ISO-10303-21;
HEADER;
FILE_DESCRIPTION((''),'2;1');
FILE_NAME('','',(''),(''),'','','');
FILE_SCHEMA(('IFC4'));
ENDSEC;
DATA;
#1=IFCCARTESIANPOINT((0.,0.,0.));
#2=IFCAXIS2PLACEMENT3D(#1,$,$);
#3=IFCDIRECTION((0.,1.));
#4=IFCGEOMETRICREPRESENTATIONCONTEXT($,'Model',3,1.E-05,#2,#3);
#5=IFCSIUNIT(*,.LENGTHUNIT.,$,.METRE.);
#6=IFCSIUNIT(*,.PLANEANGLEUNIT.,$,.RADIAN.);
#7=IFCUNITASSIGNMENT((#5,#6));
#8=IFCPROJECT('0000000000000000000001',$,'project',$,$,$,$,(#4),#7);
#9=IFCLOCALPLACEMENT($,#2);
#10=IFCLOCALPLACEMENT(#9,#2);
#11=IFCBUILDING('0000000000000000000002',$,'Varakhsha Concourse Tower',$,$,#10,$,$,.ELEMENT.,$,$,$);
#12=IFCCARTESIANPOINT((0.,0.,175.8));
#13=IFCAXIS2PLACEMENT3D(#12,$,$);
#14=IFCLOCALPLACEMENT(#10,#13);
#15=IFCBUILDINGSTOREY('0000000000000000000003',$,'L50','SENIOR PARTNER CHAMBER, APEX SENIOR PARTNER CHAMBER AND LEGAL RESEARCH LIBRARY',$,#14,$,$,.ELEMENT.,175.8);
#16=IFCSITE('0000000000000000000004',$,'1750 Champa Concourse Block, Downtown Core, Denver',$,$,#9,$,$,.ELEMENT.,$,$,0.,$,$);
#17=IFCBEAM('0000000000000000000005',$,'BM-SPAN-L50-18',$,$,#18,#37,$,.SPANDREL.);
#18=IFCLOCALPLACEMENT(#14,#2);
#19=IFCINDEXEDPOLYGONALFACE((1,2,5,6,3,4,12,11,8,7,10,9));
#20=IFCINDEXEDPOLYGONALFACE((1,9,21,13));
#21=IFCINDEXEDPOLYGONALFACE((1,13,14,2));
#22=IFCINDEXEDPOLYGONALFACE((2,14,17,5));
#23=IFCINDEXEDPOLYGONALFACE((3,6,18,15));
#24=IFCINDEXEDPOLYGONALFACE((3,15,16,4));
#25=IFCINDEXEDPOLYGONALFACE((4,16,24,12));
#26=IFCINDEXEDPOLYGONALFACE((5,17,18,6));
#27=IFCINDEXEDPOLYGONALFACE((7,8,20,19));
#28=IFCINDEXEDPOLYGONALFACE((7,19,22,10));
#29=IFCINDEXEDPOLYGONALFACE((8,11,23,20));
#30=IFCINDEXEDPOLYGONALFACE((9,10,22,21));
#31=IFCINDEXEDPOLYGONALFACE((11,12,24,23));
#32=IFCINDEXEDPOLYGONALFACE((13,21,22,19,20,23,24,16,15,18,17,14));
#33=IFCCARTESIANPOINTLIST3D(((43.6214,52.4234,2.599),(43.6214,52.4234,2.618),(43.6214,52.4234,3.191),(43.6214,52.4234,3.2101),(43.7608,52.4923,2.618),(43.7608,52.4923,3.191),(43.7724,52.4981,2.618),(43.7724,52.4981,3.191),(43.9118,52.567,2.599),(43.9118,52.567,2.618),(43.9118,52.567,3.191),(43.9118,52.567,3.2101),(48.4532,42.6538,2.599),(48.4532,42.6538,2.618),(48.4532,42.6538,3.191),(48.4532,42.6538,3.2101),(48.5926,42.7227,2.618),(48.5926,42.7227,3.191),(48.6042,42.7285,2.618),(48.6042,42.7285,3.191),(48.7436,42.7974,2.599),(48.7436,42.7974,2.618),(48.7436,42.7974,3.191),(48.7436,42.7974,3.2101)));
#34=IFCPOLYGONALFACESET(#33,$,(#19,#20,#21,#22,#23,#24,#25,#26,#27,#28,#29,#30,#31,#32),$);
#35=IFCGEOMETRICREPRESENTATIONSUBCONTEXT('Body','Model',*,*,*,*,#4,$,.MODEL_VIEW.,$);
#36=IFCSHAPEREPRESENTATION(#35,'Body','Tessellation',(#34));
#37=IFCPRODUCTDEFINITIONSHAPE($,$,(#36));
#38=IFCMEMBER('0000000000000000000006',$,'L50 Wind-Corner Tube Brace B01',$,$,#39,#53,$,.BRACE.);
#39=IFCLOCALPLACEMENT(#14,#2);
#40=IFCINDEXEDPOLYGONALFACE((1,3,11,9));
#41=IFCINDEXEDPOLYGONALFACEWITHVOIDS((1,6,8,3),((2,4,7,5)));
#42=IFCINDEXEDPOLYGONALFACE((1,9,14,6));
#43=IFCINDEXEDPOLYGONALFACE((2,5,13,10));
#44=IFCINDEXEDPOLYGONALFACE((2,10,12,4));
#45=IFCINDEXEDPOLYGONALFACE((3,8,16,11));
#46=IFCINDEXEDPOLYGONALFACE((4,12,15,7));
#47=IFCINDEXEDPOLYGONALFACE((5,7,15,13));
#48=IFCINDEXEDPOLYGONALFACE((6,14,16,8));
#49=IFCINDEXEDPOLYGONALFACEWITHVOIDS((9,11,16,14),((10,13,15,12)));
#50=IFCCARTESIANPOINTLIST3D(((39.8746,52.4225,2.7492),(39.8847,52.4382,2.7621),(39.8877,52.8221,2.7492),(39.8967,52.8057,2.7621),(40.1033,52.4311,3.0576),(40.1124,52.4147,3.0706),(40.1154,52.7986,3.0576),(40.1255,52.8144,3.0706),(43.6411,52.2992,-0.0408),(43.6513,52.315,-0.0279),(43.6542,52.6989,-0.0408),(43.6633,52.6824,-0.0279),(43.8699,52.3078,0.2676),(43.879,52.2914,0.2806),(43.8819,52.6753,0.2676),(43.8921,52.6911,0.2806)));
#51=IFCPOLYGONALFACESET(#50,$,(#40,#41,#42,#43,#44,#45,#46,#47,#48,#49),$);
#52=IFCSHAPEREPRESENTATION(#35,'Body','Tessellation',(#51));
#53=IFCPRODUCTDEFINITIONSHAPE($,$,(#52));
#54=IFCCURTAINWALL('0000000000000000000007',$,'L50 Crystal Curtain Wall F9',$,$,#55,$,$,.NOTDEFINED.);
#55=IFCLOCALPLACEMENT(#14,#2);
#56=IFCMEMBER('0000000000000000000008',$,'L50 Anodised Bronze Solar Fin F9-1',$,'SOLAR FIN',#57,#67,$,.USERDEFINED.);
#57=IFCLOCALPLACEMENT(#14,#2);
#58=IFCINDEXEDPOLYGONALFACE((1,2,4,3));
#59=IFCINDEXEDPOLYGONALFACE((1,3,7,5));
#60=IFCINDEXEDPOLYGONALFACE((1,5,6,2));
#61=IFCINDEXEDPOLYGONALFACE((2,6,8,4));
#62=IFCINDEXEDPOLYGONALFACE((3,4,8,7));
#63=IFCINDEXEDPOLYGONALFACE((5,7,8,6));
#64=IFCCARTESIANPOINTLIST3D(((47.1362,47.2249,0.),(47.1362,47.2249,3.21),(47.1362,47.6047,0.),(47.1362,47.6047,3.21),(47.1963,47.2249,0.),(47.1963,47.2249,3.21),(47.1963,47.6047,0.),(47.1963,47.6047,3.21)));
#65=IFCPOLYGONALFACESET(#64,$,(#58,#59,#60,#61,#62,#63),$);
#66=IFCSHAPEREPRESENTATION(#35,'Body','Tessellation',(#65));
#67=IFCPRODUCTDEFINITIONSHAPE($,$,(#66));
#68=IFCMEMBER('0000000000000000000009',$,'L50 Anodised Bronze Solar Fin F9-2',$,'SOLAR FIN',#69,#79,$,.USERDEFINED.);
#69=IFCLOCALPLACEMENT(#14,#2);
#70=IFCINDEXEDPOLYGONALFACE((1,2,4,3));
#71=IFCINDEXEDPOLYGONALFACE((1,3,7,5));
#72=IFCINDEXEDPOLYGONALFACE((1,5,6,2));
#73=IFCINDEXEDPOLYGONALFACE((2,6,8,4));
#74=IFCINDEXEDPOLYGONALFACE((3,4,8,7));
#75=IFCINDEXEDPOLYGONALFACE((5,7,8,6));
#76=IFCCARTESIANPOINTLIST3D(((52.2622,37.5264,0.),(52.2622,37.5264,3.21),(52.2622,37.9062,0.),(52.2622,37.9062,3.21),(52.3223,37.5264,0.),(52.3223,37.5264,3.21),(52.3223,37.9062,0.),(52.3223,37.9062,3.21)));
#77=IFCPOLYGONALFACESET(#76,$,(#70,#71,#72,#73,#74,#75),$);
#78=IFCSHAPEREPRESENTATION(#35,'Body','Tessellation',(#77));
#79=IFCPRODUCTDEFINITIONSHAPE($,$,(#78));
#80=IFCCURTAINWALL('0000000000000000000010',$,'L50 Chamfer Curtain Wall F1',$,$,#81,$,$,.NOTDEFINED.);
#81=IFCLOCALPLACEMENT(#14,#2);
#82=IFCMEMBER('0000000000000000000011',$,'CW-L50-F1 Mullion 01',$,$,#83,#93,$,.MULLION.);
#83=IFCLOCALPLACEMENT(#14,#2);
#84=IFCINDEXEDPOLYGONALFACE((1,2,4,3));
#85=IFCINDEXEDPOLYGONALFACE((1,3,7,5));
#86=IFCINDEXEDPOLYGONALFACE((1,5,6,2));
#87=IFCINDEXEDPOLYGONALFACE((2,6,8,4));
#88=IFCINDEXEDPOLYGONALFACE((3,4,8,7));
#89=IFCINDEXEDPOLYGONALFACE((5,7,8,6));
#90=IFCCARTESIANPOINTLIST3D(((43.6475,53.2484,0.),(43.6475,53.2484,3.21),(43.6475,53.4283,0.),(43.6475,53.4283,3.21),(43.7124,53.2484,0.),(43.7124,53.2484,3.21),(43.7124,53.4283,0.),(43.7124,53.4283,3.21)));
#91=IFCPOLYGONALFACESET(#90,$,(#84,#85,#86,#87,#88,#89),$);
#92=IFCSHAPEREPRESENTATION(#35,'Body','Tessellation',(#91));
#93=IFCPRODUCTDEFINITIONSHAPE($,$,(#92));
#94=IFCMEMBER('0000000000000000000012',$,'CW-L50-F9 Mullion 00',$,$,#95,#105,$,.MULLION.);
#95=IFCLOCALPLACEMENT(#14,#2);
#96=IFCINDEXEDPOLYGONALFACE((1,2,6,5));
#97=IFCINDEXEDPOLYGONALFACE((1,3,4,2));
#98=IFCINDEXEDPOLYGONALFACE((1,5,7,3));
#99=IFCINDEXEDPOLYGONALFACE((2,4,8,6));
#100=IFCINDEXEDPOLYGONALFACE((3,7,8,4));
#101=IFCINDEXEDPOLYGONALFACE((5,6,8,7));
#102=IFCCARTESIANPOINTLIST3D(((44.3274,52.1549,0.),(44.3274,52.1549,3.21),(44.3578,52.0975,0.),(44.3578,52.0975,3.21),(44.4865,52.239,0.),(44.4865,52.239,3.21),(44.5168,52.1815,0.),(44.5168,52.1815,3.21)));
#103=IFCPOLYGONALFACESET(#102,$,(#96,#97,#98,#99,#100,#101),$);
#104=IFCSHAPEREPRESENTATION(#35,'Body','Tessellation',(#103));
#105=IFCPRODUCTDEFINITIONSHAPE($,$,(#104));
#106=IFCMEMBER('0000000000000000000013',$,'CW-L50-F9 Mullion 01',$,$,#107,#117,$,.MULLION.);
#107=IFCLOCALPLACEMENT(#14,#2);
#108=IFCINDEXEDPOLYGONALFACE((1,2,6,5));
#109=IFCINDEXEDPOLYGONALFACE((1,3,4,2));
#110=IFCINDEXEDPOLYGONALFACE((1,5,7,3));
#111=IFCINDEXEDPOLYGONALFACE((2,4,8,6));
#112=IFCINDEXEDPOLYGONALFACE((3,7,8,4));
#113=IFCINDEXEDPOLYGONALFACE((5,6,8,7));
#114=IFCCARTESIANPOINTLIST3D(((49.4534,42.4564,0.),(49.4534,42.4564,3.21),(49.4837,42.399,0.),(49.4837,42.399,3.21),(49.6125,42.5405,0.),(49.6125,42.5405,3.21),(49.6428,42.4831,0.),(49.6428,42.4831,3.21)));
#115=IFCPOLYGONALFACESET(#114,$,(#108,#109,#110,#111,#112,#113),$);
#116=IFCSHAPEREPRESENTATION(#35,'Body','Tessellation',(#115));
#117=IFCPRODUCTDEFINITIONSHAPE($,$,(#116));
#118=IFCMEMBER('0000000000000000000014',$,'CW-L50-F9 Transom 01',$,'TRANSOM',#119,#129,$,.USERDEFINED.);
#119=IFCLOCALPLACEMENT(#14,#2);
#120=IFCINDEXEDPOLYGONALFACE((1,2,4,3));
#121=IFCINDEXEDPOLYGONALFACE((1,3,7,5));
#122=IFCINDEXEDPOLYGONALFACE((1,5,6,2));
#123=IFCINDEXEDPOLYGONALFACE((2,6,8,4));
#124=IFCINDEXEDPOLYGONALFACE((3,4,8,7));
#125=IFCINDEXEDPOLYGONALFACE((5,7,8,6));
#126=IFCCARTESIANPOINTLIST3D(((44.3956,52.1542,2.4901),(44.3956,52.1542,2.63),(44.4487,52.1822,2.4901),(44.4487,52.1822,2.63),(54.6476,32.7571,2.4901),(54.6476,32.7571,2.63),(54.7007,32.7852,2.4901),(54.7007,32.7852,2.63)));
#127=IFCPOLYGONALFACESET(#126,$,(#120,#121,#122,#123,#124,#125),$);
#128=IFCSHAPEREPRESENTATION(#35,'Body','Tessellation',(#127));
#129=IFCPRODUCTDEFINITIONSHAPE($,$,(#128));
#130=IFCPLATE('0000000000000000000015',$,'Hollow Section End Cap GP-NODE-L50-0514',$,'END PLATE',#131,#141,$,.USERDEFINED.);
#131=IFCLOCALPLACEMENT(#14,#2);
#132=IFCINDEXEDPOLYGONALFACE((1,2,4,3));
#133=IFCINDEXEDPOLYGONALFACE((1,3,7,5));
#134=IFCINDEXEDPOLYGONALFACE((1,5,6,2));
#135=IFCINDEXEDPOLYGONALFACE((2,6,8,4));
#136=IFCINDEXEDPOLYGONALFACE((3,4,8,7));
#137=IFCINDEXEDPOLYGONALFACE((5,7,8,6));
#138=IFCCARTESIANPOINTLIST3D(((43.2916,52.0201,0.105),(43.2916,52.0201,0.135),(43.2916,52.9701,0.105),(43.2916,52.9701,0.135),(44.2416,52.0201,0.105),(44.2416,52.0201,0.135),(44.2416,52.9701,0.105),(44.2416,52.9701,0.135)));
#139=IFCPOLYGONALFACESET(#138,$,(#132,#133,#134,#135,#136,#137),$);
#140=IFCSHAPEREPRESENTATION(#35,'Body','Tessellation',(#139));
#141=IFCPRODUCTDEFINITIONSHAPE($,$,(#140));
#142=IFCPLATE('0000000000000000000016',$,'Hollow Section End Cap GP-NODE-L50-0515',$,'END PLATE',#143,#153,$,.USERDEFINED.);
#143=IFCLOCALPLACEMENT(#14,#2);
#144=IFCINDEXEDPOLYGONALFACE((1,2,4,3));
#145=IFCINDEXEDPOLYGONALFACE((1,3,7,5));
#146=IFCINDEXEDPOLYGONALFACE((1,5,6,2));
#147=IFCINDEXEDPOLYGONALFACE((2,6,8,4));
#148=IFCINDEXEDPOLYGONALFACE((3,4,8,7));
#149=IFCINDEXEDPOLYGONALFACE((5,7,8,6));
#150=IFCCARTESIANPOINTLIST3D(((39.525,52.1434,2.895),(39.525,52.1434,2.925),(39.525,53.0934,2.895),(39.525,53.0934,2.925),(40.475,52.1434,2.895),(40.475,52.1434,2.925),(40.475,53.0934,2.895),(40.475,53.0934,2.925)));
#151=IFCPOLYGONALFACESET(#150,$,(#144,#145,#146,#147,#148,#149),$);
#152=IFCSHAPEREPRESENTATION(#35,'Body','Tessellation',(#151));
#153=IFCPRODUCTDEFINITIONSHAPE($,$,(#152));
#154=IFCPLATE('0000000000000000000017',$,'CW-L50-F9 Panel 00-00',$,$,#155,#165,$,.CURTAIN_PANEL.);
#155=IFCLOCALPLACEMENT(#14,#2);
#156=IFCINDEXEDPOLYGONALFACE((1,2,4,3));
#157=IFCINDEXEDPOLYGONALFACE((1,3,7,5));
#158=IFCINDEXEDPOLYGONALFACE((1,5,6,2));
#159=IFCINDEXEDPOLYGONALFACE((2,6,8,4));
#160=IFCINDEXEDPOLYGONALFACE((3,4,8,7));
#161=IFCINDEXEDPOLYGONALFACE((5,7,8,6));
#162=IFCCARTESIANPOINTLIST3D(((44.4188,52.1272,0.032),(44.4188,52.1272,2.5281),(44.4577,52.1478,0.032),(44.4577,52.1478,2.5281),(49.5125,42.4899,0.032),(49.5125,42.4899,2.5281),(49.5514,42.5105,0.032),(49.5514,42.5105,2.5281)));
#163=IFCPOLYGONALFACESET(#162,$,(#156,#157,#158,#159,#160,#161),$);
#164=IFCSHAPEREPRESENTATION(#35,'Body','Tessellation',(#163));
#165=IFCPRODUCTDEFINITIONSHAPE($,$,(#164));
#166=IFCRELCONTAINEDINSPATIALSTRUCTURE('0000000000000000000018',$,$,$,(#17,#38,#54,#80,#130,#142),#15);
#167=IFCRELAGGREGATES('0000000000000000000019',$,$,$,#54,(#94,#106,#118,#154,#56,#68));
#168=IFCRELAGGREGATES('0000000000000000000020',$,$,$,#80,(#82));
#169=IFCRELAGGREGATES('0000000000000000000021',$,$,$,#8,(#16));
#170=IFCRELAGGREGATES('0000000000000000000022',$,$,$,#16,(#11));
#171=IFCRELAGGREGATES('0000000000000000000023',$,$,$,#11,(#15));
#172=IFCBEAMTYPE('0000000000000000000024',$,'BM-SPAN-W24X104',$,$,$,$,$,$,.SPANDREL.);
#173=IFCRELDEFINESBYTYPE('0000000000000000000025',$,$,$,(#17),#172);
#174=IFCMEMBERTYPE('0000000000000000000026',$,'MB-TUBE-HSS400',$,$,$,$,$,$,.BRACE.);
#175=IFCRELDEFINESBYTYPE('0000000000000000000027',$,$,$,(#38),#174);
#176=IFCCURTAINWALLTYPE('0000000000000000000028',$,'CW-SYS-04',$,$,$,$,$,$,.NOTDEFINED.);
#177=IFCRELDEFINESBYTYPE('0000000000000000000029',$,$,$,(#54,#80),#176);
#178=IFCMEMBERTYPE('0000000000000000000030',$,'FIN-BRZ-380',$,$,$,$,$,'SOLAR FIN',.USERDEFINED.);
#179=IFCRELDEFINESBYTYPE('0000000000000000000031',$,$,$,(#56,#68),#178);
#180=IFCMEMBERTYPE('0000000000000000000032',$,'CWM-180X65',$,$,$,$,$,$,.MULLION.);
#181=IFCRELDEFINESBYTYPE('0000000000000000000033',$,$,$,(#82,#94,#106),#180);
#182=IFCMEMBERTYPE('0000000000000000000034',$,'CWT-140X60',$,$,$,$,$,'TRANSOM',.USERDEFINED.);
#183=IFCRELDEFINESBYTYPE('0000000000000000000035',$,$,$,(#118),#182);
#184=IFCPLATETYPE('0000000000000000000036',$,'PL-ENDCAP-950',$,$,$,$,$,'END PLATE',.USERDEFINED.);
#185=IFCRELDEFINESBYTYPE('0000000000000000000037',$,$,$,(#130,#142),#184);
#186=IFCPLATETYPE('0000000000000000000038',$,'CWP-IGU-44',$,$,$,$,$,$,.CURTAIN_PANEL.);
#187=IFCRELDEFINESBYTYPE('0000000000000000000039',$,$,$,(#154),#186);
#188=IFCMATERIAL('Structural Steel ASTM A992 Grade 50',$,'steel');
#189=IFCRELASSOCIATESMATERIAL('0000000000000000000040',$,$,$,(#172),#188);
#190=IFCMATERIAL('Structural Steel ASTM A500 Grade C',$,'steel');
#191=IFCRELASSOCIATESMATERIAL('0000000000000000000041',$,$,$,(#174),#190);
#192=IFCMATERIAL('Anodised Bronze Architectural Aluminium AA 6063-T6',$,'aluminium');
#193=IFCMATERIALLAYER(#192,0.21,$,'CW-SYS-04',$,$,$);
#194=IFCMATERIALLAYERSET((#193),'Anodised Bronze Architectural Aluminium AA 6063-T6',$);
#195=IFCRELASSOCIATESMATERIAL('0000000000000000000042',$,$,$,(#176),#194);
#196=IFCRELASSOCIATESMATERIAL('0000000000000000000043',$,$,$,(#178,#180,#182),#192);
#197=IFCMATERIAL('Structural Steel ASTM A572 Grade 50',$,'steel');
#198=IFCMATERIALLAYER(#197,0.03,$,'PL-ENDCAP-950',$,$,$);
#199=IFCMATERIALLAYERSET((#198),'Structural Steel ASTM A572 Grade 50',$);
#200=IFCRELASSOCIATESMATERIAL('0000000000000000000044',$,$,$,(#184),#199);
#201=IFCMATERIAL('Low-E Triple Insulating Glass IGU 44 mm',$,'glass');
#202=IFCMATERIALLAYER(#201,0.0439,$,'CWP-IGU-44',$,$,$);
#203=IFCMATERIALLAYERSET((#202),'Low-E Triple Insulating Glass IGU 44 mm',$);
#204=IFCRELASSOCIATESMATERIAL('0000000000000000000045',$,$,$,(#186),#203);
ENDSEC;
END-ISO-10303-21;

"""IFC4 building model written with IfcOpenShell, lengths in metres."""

from ifc_helpers import new_model, si_unit, direction, frame, origin, origin_2d, place, context, subcontext, project, spatial, rectangle, hollow_rectangle, i_section, extrude, source, transform, mapped, material, layer, layer_set, material_profile, profile_set, type_object, type_shapes, element, aggregate, save


model = new_model("IFC4")

# Units and contexts
model_context = context("Model", 3, precision=1e-05, world=origin(), true_north=direction((0.0, 1.0)))
body_context = subcontext(model_context, "Body", "Model", "MODEL_VIEW")
ifc_project = project(units=[si_unit("LENGTHUNIT", "METRE"), si_unit("PLANEANGLEUNIT", "RADIAN")], contexts=[model_context])

# Site, building, storey
site_placement = place(None, origin())
site = spatial("IfcSite", under=ifc_project, at=site_placement, Name="1750 Champa Concourse Block, Downtown Core, Denver", CompositionType="ELEMENT", RefElevation=0.0)
building_placement = place(site_placement, origin())
building = spatial("IfcBuilding", under=site, at=building_placement, Name="Varakhsha Concourse Tower", CompositionType="ELEMENT")
storey_placement = place(building_placement, frame((0.0, 0.0, 175.8)))
storey = spatial("IfcBuildingStorey", under=building, at=storey_placement, Name="L50", Description="SENIOR PARTNER CHAMBER, APEX SENIOR PARTNER CHAMBER AND LEGAL RESEARCH LIBRARY", CompositionType="ELEMENT", Elevation=175.8)

# Shared definitions
ifc_material_1 = material(Name="Structural Steel ASTM A992 Grade 50", Category="steel")
ifc_material_2 = material(Name="Structural Steel ASTM A572 Grade 50", Category="steel")

# Beam
ifc_material_profile_1 = material_profile(ifc_material_1, i_section(OverallWidth=0.324, OverallDepth=0.6111, WebThickness=0.0129, FlangeThickness=0.019, at=origin_2d()), Name="W24X104")
ifc_profile_set_1 = profile_set([ifc_material_profile_1], Name="Structural Steel ASTM A992 Grade 50")
beam_type_1 = type_object("IfcBeamType", Name="BM-SPAN-W24X104", PredefinedType="SPANDREL", material=ifc_profile_set_1)
beam_1_placement = place(storey_placement, frame((48.5984, 42.7256, 2.9045), z_axis=(-0.443321, 0.896363, 0.0), x_axis=(-0.896363, -0.443321, 0.0)))
element("IfcBeam", 1, at=beam_1_placement, inside=storey, type_object=beam_type_1, Name="BM-SPAN-L50-18", PredefinedType="SPANDREL", context=body_context, shape_type="SweptSolid", body=[
    extrude(i_section(OverallWidth=0.324, OverallDepth=0.6111, WebThickness=0.0129, FlangeThickness=0.019, at=origin_2d()), origin(), (0.0, 0.0, 1.0), 10.8992),
])

# Member
ifc_material_3 = material(Name="Structural Steel ASTM A500 Grade C", Category="steel")
ifc_material_profile_2 = material_profile(ifc_material_3, hollow_rectangle(XDim=0.3999, YDim=0.3999, WallThickness=0.0161, at=origin_2d()), Name="HSS 400x400x16")
ifc_profile_set_2 = profile_set([ifc_material_profile_2], Name="Structural Steel ASTM A500 Grade C")
member_type_1 = type_object("IfcMemberType", Name="MB-TUBE-HSS400", PredefinedType="BRACE", material=ifc_profile_set_2)
shared_shape_1 = source(origin(), body_context, "Body", "SweptSolid", [
    extrude(hollow_rectangle(XDim=0.3999, YDim=0.3999, WallThickness=0.0161, at=origin_2d()), origin(), (0.0, 0.0, 1.0), 4.689),
])
type_shapes(member_type_1, [shared_shape_1])
member_1_placement = place(storey_placement, frame((43.7666, 52.4951, 0.1199), z_axis=(-0.803283, 0.026294, 0.595017), x_axis=(-0.032715, -0.999465, 0.0)))
element("IfcMember", 2, at=member_1_placement, inside=storey, type_object=member_type_1, Name="L50 Wind-Corner Tube Brace B01", PredefinedType="BRACE", context=body_context, shape_type="MappedRepresentation", body=[
    mapped(shared_shape_1, transform((0.0, 0.0, 0.0), scale=1.0)),
])

# Curtain wall, members
ifc_material_4 = material(Name="Anodised Bronze Architectural Aluminium AA 6063-T6", Category="aluminium")
ifc_layer_1 = layer(ifc_material_4, 0.21, Name="CW-SYS-04")
ifc_layer_set_1 = layer_set([ifc_layer_1], Name="Anodised Bronze Architectural Aluminium AA 6063-T6")
curtain_wall_type = type_object("IfcCurtainWallType", Name="CW-SYS-04", PredefinedType="NOTDEFINED", material=ifc_layer_set_1)
curtain_wall_1_placement = place(storey_placement, origin())
curtain_wall_1 = element("IfcCurtainWall", 3, at=curtain_wall_1_placement, inside=storey, type_object=curtain_wall_type, Name="L50 Crystal Curtain Wall F9", PredefinedType="NOTDEFINED")
ifc_material_profile_3 = material_profile(ifc_material_4, rectangle(XDim=0.0601, YDim=0.3799, at=origin_2d()), Name="FIN-BRZ-380")
ifc_profile_set_3 = profile_set([ifc_material_profile_3], Name="Anodised Bronze Architectural Aluminium AA 6063-T6")
member_type_2 = type_object("IfcMemberType", Name="FIN-BRZ-380", ElementType="SOLAR FIN", PredefinedType="USERDEFINED", material=ifc_profile_set_3)
shared_shape_2 = source(origin(), body_context, "Body", "SweptSolid", [
    extrude(rectangle(XDim=0.0601, YDim=0.3799, at=origin_2d()), origin(), (0.0, 0.0, 1.0), 3.21),
])
type_shapes(member_type_2, [shared_shape_2])
member_2_placement = place(storey_placement, frame((47.1663, 47.4148, 0.0), z_axis=(0.0, 0.0, 1.0), x_axis=(1.0, 0.0, 0.0)))
member_2 = element("IfcMember", 4, at=member_2_placement, type_object=member_type_2, Name="L50 Anodised Bronze Solar Fin F9-1", ObjectType="SOLAR FIN", PredefinedType="USERDEFINED", context=body_context, shape_type="MappedRepresentation", body=[
    mapped(shared_shape_2, transform((0.0, 0.0, 0.0), scale=1.0)),
])
member_3_placement = place(storey_placement, frame((52.2922, 37.7163, 0.0), z_axis=(0.0, 0.0, 1.0), x_axis=(1.0, 0.0, 0.0)))
member_3 = element("IfcMember", 5, at=member_3_placement, type_object=member_type_2, Name="L50 Anodised Bronze Solar Fin F9-2", ObjectType="SOLAR FIN", PredefinedType="USERDEFINED", context=body_context, shape_type="MappedRepresentation", body=[
    mapped(shared_shape_2, transform((0.0, 0.0, 0.0), scale=1.0)),
])

# Curtain wall, member
curtain_wall_2_placement = place(storey_placement, origin())
curtain_wall_2 = element("IfcCurtainWall", 6, at=curtain_wall_2_placement, inside=storey, type_object=curtain_wall_type, Name="L50 Chamfer Curtain Wall F1", PredefinedType="NOTDEFINED")
ifc_material_profile_4 = material_profile(ifc_material_4, rectangle(XDim=0.0649, YDim=0.1799, at=origin_2d()), Name="CWM-180X65")
ifc_profile_set_4 = profile_set([ifc_material_profile_4], Name="Anodised Bronze Architectural Aluminium AA 6063-T6")
member_type_3 = type_object("IfcMemberType", Name="CWM-180X65", PredefinedType="MULLION", material=ifc_profile_set_4)
shared_shape_3 = source(origin(), body_context, "Body", "SweptSolid", [
    extrude(rectangle(XDim=0.0649, YDim=0.1799, at=origin_2d()), origin(), (0.0, 0.0, 1.0), 3.21),
])
type_shapes(member_type_3, [shared_shape_3])
member_4_placement = place(storey_placement, frame((43.6799, 53.3384, 0.0), z_axis=(0.0, 0.0, 1.0), x_axis=(1.0, 0.0, 0.0)))
member_4 = element("IfcMember", 7, at=member_4_placement, type_object=member_type_3, Name="CW-L50-F1 Mullion 01", PredefinedType="MULLION", context=body_context, shape_type="MappedRepresentation", body=[
    mapped(shared_shape_3, transform((0.0, 0.0, 0.0), scale=1.0)),
])

# Members
member_5_placement = place(storey_placement, frame((44.4221, 52.1682, 0.0), z_axis=(0.0, 0.0, 1.0), x_axis=(0.467286, -0.884106, 0.0)))
member_5 = element("IfcMember", 8, at=member_5_placement, type_object=member_type_3, Name="CW-L50-F9 Mullion 00", PredefinedType="MULLION", context=body_context, shape_type="MappedRepresentation", body=[
    mapped(shared_shape_3, transform((0.0, 0.0, 0.0), scale=1.0)),
])
member_6_placement = place(storey_placement, frame((49.5481, 42.4697, 0.0), z_axis=(0.0, 0.0, 1.0), x_axis=(0.467286, -0.884106, 0.0)))
member_6 = element("IfcMember", 9, at=member_6_placement, type_object=member_type_3, Name="CW-L50-F9 Mullion 01", PredefinedType="MULLION", context=body_context, shape_type="MappedRepresentation", body=[
    mapped(shared_shape_3, transform((0.0, 0.0, 0.0), scale=1.0)),
])
ifc_material_profile_5 = material_profile(ifc_material_4, rectangle(XDim=0.0601, YDim=0.1399, at=origin_2d()), Name="CWT-140X60")
ifc_profile_set_5 = profile_set([ifc_material_profile_5], Name="Anodised Bronze Architectural Aluminium AA 6063-T6")
member_type_4 = type_object("IfcMemberType", Name="CWT-140X60", ElementType="TRANSOM", PredefinedType="USERDEFINED", material=ifc_profile_set_5)
shared_shape_4 = source(origin(), body_context, "Body", "SweptSolid", [
    extrude(rectangle(XDim=0.0601, YDim=0.1399, at=origin_2d()), origin(), (0.0, 0.0, 1.0), 21.9397),
])
type_shapes(member_type_4, [shared_shape_4])
member_7_placement = place(storey_placement, frame((44.4221, 52.1682, 2.5601), z_axis=(0.467281, -0.884109, 0.0), x_axis=(0.884109, 0.467281, 0.0)))
member_7 = element("IfcMember", 10, at=member_7_placement, type_object=member_type_4, Name="CW-L50-F9 Transom 01", ObjectType="TRANSOM", PredefinedType="USERDEFINED", context=body_context, shape_type="MappedRepresentation", body=[
    mapped(shared_shape_4, transform((0.0, 0.0, 0.0), scale=1.0)),
])

# Plates
ifc_layer_2 = layer(ifc_material_2, 0.03, Name="PL-ENDCAP-950")
ifc_layer_set_2 = layer_set([ifc_layer_2], Name="Structural Steel ASTM A572 Grade 50")
plate_type_1 = type_object("IfcPlateType", Name="PL-ENDCAP-950", ElementType="END PLATE", PredefinedType="USERDEFINED", material=ifc_layer_set_2)
shared_shape_5 = source(origin(), body_context, "Body", "SweptSolid", [
    extrude(rectangle(XDim=0.95, YDim=0.95, at=origin_2d()), origin(), (0.0, 0.0, 1.0), 0.03),
])
type_shapes(plate_type_1, [shared_shape_5])
for number, where, z_axis, x_axis, name in (
    (11, (43.7666, 52.4951, 0.105), (0.0, 0.0, 1.0), (1.0, 0.0, 0.0), "Hollow Section End Cap GP-NODE-L50-0514"),
    (12, (40.0, 52.6184, 2.895), (0.0, 0.0, 1.0), (1.0, 0.0, 0.0), "Hollow Section End Cap GP-NODE-L50-0515"),
):
    element("IfcPlate", number, at=place(storey_placement, frame(where, z_axis=z_axis, x_axis=x_axis)), inside=storey, type_object=plate_type_1, Name=name, ObjectType="END PLATE", PredefinedType="USERDEFINED", context=body_context, shape_type="MappedRepresentation", body=[
        mapped(shared_shape_5, transform((0.0, 0.0, 0.0), scale=1.0)),
    ])

# Plate
ifc_material_5 = material(Name="Low-E Triple Insulating Glass IGU 44 mm", Category="glass")
ifc_layer_3 = layer(ifc_material_5, 0.0439, Name="CWP-IGU-44")
ifc_layer_set_3 = layer_set([ifc_layer_3], Name="Low-E Triple Insulating Glass IGU 44 mm")
plate_type_2 = type_object("IfcPlateType", Name="CWP-IGU-44", PredefinedType="CURTAIN_PANEL", material=ifc_layer_set_3)
shared_shape_6 = source(origin(), body_context, "Body", "SweptSolid", [
    extrude(rectangle(XDim=10.9006, YDim=0.0439, at=origin_2d()), origin(), (0.0, 0.0, 1.0), 2.4961),
])
type_shapes(plate_type_2, [shared_shape_6])
plate_1_placement = place(storey_placement, frame((46.9851, 47.3188, 0.032), z_axis=(0.0, 0.0, 1.0), x_axis=(0.467286, -0.884106, 0.0)))
plate_1 = element("IfcPlate", 13, at=plate_1_placement, type_object=plate_type_2, Name="CW-L50-F9 Panel 00-00", PredefinedType="CURTAIN_PANEL", context=body_context, shape_type="MappedRepresentation", body=[
    mapped(shared_shape_6, transform((0.0, 0.0, 0.0), scale=1.0)),
])
aggregate(curtain_wall_1, [member_5, member_6, member_7, plate_1, member_2, member_3])
aggregate(curtain_wall_2, [member_4])

save(model, "model.ifc")
